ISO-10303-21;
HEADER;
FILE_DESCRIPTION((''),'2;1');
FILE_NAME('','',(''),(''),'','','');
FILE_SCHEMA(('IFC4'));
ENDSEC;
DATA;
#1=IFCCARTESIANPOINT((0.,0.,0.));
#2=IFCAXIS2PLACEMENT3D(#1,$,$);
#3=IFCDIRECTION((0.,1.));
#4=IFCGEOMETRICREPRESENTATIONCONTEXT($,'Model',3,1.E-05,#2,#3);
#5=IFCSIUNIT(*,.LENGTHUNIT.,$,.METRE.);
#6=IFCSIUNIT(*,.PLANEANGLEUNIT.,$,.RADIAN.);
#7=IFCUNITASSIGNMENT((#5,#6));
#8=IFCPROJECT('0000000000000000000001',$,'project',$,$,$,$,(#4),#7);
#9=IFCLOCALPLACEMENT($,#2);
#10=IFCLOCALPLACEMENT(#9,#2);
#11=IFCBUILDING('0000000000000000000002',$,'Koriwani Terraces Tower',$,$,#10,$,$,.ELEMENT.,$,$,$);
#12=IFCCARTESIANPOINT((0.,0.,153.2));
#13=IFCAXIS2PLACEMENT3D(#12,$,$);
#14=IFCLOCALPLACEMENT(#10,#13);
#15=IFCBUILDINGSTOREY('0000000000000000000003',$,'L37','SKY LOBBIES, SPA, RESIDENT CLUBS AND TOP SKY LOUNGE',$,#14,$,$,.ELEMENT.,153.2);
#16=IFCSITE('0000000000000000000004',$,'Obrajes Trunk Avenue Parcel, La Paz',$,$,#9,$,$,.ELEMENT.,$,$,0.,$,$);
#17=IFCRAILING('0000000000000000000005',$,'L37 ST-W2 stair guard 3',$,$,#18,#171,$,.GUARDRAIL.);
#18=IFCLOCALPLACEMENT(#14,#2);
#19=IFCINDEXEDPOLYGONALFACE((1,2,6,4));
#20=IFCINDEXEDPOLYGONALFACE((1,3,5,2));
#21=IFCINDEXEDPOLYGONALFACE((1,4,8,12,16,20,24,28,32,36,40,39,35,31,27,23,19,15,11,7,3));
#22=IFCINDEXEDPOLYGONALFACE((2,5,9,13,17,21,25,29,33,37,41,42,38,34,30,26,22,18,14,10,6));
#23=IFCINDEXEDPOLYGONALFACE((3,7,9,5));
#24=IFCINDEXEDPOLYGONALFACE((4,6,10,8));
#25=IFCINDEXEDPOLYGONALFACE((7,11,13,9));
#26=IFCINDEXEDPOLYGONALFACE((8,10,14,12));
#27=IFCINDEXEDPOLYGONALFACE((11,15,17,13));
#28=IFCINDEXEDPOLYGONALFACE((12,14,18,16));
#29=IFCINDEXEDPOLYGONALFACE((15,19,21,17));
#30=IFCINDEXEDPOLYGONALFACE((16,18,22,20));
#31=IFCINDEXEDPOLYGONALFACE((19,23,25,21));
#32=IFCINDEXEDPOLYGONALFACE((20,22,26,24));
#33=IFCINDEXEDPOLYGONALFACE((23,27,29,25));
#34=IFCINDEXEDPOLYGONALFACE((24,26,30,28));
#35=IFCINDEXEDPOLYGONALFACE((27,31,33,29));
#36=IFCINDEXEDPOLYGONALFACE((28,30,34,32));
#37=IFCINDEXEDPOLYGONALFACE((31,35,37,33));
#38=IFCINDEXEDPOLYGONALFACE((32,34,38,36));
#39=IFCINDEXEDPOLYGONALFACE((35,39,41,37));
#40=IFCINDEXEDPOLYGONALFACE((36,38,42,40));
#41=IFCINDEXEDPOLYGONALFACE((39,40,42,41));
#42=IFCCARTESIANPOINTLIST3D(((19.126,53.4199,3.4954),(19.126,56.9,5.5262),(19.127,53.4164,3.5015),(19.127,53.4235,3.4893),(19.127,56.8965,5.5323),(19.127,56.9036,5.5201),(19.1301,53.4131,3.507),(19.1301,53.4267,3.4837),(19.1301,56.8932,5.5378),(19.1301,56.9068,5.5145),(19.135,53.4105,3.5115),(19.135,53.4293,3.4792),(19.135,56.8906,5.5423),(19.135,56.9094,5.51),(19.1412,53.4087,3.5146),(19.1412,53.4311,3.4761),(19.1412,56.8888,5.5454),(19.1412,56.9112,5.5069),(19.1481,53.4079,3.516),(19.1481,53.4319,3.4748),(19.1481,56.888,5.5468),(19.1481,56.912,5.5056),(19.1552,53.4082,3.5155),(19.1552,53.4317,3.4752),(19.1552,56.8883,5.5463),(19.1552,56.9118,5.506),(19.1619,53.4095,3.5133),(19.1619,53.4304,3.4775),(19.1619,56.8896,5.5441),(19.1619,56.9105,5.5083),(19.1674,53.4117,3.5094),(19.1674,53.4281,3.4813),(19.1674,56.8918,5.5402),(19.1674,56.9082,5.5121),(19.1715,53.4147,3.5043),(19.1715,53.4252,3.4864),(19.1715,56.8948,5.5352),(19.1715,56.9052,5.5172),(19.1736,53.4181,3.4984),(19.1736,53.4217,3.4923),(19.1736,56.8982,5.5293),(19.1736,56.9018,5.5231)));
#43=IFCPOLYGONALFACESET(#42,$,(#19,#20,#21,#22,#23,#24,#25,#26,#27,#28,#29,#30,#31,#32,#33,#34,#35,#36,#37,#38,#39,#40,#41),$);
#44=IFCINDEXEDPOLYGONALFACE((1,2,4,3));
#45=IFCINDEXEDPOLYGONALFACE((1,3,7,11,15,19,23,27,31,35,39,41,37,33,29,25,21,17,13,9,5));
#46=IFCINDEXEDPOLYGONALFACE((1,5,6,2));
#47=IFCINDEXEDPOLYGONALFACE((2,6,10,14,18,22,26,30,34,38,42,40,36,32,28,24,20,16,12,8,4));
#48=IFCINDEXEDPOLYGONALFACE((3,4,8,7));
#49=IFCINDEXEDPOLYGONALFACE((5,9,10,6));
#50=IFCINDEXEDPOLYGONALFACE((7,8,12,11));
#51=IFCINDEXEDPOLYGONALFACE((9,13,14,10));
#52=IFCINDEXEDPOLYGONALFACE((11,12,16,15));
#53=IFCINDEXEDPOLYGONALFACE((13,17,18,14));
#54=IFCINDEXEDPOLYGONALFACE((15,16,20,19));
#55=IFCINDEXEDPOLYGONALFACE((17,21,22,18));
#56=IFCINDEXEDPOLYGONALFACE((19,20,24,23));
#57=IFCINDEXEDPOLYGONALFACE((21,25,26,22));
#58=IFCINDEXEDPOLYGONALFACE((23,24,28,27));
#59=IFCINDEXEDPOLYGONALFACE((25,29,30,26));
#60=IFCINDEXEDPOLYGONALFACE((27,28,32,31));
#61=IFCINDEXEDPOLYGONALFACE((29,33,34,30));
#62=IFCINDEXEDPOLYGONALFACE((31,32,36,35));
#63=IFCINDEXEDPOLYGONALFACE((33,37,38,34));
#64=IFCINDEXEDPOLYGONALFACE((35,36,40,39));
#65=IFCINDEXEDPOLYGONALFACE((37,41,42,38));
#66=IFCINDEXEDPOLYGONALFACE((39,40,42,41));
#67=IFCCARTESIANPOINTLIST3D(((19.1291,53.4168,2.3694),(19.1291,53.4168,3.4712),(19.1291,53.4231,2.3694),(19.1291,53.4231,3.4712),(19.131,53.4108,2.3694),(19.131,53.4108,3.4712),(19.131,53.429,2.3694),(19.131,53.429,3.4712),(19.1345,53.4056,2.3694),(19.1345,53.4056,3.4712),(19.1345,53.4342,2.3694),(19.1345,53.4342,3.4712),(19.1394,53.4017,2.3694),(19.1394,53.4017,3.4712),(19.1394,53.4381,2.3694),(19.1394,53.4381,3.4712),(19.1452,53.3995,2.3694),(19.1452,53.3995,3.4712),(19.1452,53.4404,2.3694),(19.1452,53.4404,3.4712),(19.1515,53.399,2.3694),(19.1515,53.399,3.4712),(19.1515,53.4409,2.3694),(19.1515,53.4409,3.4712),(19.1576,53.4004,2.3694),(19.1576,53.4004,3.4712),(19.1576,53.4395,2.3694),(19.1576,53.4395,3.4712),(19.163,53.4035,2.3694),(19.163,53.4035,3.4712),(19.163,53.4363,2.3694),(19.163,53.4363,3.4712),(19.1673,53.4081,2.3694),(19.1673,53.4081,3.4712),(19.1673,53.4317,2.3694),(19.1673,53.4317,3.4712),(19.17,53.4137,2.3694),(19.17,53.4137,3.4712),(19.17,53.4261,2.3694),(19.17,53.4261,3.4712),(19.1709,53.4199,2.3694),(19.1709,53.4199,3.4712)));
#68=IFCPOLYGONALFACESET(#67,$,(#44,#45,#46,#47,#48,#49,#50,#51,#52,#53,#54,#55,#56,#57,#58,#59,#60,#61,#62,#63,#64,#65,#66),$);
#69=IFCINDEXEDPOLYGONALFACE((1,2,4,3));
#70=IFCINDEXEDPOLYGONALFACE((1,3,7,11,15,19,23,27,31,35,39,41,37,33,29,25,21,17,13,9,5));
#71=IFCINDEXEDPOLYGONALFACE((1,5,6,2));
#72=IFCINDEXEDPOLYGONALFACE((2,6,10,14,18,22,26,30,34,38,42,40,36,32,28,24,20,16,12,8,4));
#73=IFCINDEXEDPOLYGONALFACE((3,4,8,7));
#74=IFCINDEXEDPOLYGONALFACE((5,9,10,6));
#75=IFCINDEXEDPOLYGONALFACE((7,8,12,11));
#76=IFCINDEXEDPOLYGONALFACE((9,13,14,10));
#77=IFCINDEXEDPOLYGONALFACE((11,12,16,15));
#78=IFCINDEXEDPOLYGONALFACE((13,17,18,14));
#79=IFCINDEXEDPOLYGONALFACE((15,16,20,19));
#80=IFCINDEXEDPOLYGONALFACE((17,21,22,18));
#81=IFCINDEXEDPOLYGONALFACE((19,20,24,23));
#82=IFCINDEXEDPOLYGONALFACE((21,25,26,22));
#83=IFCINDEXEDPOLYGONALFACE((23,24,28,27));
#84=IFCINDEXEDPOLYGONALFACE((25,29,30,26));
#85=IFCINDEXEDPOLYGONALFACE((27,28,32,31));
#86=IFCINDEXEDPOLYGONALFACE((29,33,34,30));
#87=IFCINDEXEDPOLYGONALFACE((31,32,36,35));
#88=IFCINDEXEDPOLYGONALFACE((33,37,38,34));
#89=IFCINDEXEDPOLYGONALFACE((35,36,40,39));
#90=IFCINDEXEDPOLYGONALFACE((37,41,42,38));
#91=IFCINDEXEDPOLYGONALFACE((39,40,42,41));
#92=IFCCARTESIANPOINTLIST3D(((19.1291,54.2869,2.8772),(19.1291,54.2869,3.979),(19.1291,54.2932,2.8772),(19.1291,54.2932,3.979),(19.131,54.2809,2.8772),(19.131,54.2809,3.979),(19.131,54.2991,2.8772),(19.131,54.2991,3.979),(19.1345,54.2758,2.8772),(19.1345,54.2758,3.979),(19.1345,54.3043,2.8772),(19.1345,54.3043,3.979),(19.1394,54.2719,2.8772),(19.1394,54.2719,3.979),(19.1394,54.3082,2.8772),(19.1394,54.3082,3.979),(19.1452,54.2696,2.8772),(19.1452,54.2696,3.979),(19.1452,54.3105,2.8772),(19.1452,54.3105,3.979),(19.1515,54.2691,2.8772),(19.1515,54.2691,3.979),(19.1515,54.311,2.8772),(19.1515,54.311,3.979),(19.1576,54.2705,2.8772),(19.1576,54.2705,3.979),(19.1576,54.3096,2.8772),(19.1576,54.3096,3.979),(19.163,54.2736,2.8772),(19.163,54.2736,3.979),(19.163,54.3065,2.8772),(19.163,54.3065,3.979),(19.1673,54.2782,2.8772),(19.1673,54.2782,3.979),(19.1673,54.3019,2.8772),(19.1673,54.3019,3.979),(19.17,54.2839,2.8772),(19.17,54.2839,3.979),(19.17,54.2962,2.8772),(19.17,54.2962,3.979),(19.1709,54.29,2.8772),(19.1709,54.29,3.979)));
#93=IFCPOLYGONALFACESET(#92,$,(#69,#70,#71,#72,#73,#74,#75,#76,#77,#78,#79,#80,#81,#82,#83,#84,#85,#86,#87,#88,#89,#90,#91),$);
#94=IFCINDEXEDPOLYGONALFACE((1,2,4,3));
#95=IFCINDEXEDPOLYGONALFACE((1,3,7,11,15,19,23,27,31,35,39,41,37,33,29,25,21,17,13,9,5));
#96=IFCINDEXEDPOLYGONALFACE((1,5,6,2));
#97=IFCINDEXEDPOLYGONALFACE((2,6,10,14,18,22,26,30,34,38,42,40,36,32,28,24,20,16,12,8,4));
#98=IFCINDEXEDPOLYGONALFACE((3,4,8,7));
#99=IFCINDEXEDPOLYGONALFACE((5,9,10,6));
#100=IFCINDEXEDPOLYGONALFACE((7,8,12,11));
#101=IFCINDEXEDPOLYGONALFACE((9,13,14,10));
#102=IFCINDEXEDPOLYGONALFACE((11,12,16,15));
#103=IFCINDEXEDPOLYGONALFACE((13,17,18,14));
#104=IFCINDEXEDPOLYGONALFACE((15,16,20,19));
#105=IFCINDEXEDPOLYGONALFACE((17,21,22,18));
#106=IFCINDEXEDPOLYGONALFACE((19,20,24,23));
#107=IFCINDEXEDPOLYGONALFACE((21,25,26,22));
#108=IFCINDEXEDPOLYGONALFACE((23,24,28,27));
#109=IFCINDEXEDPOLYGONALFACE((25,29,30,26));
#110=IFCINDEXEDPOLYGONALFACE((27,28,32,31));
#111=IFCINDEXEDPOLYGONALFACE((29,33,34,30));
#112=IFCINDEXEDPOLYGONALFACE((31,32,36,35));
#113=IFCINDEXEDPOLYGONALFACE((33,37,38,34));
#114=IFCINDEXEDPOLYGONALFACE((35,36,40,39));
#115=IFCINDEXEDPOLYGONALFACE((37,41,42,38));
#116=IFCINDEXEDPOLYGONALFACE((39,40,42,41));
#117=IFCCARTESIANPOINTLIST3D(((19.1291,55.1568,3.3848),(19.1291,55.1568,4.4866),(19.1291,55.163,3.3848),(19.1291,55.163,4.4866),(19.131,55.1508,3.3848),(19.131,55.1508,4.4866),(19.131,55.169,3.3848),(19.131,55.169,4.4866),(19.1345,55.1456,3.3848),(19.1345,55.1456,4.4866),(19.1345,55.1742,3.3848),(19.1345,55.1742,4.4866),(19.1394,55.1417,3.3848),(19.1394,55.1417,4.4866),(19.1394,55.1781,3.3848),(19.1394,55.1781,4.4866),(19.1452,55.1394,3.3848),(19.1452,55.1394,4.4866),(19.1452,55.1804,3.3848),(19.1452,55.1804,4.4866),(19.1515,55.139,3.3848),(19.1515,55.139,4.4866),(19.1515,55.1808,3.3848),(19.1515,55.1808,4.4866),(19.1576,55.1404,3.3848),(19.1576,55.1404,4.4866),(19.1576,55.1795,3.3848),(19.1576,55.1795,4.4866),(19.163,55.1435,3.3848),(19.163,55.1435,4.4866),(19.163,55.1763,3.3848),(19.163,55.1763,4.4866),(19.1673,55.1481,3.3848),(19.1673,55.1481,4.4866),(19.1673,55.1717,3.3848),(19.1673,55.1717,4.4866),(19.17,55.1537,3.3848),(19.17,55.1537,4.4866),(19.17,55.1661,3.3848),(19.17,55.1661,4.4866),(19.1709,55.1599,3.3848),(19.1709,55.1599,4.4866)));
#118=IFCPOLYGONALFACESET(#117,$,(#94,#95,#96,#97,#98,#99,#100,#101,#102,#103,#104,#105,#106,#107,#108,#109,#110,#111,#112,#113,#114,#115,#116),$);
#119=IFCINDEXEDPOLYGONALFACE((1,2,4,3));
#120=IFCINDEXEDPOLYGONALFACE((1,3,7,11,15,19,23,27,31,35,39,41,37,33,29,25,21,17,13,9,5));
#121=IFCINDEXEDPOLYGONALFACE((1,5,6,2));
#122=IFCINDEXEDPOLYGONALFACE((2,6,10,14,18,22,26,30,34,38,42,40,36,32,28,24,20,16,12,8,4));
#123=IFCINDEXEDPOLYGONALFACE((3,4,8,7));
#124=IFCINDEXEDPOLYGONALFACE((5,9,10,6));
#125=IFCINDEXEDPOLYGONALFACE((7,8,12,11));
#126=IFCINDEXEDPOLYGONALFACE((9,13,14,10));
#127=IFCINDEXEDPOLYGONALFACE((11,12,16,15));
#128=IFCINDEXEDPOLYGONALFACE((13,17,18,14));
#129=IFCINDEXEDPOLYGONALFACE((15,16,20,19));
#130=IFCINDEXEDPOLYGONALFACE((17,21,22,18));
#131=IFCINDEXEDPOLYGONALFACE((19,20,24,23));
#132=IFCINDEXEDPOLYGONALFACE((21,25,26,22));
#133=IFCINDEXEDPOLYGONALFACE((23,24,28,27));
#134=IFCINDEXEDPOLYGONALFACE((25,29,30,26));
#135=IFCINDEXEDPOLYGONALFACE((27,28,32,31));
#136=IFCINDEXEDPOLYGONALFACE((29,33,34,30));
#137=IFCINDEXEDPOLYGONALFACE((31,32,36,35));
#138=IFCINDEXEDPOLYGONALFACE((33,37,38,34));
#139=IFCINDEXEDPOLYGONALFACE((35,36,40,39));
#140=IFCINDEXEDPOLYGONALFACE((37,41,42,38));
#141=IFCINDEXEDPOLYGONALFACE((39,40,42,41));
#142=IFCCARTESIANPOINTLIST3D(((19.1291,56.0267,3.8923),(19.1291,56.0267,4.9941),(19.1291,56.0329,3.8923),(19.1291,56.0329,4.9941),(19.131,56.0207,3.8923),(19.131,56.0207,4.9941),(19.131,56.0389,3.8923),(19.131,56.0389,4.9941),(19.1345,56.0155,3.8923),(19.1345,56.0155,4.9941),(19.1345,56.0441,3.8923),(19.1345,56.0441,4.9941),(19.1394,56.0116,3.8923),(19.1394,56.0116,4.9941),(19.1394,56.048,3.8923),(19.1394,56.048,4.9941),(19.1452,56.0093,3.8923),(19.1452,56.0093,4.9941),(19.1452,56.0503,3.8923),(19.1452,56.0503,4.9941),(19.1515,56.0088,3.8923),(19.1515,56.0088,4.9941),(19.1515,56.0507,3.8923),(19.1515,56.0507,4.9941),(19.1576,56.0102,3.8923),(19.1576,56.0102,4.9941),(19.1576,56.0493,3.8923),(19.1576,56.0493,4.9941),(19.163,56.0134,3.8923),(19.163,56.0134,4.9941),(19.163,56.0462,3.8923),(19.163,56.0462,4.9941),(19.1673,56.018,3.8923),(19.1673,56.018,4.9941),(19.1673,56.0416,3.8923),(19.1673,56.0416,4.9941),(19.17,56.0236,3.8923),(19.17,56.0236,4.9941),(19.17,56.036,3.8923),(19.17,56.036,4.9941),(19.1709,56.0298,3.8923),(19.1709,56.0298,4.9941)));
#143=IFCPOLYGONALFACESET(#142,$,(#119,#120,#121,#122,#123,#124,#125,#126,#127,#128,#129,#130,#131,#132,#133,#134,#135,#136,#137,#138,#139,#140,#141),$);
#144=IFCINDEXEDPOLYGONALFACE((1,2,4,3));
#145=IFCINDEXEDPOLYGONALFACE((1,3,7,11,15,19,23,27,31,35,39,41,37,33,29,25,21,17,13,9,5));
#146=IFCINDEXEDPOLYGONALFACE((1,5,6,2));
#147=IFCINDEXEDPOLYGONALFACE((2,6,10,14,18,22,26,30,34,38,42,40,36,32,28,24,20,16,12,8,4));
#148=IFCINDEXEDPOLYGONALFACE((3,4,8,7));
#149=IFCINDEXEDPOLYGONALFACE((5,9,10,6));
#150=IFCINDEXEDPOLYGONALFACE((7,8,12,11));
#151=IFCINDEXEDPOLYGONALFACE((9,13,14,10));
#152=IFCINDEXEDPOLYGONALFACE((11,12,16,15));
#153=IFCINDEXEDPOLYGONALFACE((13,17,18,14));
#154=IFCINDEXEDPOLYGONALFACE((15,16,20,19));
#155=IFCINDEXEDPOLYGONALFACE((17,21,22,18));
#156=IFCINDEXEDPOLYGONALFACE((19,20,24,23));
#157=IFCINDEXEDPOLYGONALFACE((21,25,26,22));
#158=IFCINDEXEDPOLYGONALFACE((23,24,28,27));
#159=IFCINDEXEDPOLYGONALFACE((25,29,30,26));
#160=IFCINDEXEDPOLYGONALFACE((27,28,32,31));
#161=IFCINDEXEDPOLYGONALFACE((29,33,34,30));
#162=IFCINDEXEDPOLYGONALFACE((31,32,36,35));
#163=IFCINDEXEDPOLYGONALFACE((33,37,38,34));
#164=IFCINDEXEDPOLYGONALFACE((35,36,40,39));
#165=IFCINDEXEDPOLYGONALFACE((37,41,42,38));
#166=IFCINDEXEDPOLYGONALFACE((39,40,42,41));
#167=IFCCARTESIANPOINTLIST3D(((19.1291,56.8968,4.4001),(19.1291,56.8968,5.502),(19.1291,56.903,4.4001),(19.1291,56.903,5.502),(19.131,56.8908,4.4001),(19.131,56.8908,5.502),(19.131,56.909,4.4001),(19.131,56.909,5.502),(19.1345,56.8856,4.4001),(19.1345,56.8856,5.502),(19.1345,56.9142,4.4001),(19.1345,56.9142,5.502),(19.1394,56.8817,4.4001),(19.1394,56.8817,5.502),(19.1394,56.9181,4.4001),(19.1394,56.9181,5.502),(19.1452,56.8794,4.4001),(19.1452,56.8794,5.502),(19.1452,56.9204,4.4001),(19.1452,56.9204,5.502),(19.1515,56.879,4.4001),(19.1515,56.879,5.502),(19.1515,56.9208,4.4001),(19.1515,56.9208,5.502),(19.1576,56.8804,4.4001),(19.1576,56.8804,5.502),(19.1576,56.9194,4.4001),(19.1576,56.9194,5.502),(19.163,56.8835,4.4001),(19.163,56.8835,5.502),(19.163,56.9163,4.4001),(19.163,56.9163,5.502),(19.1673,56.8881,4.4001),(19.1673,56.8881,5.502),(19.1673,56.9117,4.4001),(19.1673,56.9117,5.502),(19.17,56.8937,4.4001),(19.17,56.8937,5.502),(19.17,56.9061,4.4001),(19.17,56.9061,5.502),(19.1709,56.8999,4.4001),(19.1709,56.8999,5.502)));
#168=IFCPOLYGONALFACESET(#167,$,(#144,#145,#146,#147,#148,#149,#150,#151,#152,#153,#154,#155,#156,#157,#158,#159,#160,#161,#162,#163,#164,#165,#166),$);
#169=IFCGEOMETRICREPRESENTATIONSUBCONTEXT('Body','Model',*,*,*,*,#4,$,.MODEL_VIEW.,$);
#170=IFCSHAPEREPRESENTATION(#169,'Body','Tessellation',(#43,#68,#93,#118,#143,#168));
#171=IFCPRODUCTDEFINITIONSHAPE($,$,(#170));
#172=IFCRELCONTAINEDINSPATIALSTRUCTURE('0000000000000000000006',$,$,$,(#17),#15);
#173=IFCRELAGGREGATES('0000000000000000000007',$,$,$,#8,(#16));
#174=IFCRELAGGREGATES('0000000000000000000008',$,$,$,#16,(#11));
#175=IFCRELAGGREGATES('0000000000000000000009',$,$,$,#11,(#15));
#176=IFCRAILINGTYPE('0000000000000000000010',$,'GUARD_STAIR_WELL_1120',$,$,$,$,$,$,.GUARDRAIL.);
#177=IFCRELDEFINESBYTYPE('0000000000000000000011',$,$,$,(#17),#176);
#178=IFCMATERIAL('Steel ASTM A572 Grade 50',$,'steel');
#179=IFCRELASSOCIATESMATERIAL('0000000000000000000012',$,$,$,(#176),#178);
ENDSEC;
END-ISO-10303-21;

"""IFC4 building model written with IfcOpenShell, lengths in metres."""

from ifc_helpers import new_model, si_unit, direction, frame, origin, origin_2d, place, context, subcontext, project, spatial, circle, extrude, material, type_object, element, save


model = new_model("IFC4")

# Units and contexts
model_context = context("Model", 3, precision=1e-05, world=origin(), true_north=direction((0.0, 1.0)))
body_context = subcontext(model_context, "Body", "Model", "MODEL_VIEW")
ifc_project = project(units=[si_unit("LENGTHUNIT", "METRE"), si_unit("PLANEANGLEUNIT", "RADIAN")], contexts=[model_context])

# Site, building, storey
site_placement = place(None, origin())
site = spatial("IfcSite", under=ifc_project, at=site_placement, Name="Obrajes Trunk Avenue Parcel, La Paz", CompositionType="ELEMENT", RefElevation=0.0)
building_placement = place(site_placement, origin())
building = spatial("IfcBuilding", under=site, at=building_placement, Name="Koriwani Terraces Tower", CompositionType="ELEMENT")
storey_placement = place(building_placement, frame((0.0, 0.0, 153.2)))
storey = spatial("IfcBuildingStorey", under=building, at=storey_placement, Name="L37", Description="SKY LOBBIES, SPA, RESIDENT CLUBS AND TOP SKY LOUNGE", CompositionType="ELEMENT", Elevation=153.2)

# Shared definitions
ifc_material_1 = material(Name="Steel ASTM A572 Grade 50", Category="steel")

# Railing
railing_type_1 = type_object("IfcRailingType", Name="GUARD_STAIR_WELL_1120", PredefinedType="GUARDRAIL", material=ifc_material_1)
railing_1_placement = place(storey_placement, frame((19.1499, 53.4199, 2.3694)))
element("IfcRailing", 1, at=railing_1_placement, inside=storey, type_object=railing_type_1, Name="L37 ST-W2 stair guard 3", PredefinedType="GUARDRAIL", context=body_context, shape_type="SweptSolid", body=[
    extrude(circle(Radius=0.0239, at=origin_2d()), frame((0.0, 0.0, 1.126), z_axis=(0.0, 0.863695, 0.504014), x_axis=(-1.0, 0.0, 0.0)), (0.0, 0.0, 1.0), 4.0293),
    extrude(circle(Radius=0.021, at=origin_2d()), origin(), (0.0, 0.0, 1.0), 1.1018),
    extrude(circle(Radius=0.021, at=origin_2d()), frame((0.0, 0.8701, 0.5078)), (0.0, 0.0, 1.0), 1.1018),
    extrude(circle(Radius=0.021, at=origin_2d()), frame((0.0, 1.74, 1.0154)), (0.0, 0.0, 1.0), 1.1018),
    extrude(circle(Radius=0.021, at=origin_2d()), frame((0.0, 2.6099, 1.5229)), (0.0, 0.0, 1.0), 1.1018),
    extrude(circle(Radius=0.021, at=origin_2d()), frame((0.0, 3.48, 2.0308)), (0.0, 0.0, 1.0), 1.1018),
])

save(model, "model.ifc")
